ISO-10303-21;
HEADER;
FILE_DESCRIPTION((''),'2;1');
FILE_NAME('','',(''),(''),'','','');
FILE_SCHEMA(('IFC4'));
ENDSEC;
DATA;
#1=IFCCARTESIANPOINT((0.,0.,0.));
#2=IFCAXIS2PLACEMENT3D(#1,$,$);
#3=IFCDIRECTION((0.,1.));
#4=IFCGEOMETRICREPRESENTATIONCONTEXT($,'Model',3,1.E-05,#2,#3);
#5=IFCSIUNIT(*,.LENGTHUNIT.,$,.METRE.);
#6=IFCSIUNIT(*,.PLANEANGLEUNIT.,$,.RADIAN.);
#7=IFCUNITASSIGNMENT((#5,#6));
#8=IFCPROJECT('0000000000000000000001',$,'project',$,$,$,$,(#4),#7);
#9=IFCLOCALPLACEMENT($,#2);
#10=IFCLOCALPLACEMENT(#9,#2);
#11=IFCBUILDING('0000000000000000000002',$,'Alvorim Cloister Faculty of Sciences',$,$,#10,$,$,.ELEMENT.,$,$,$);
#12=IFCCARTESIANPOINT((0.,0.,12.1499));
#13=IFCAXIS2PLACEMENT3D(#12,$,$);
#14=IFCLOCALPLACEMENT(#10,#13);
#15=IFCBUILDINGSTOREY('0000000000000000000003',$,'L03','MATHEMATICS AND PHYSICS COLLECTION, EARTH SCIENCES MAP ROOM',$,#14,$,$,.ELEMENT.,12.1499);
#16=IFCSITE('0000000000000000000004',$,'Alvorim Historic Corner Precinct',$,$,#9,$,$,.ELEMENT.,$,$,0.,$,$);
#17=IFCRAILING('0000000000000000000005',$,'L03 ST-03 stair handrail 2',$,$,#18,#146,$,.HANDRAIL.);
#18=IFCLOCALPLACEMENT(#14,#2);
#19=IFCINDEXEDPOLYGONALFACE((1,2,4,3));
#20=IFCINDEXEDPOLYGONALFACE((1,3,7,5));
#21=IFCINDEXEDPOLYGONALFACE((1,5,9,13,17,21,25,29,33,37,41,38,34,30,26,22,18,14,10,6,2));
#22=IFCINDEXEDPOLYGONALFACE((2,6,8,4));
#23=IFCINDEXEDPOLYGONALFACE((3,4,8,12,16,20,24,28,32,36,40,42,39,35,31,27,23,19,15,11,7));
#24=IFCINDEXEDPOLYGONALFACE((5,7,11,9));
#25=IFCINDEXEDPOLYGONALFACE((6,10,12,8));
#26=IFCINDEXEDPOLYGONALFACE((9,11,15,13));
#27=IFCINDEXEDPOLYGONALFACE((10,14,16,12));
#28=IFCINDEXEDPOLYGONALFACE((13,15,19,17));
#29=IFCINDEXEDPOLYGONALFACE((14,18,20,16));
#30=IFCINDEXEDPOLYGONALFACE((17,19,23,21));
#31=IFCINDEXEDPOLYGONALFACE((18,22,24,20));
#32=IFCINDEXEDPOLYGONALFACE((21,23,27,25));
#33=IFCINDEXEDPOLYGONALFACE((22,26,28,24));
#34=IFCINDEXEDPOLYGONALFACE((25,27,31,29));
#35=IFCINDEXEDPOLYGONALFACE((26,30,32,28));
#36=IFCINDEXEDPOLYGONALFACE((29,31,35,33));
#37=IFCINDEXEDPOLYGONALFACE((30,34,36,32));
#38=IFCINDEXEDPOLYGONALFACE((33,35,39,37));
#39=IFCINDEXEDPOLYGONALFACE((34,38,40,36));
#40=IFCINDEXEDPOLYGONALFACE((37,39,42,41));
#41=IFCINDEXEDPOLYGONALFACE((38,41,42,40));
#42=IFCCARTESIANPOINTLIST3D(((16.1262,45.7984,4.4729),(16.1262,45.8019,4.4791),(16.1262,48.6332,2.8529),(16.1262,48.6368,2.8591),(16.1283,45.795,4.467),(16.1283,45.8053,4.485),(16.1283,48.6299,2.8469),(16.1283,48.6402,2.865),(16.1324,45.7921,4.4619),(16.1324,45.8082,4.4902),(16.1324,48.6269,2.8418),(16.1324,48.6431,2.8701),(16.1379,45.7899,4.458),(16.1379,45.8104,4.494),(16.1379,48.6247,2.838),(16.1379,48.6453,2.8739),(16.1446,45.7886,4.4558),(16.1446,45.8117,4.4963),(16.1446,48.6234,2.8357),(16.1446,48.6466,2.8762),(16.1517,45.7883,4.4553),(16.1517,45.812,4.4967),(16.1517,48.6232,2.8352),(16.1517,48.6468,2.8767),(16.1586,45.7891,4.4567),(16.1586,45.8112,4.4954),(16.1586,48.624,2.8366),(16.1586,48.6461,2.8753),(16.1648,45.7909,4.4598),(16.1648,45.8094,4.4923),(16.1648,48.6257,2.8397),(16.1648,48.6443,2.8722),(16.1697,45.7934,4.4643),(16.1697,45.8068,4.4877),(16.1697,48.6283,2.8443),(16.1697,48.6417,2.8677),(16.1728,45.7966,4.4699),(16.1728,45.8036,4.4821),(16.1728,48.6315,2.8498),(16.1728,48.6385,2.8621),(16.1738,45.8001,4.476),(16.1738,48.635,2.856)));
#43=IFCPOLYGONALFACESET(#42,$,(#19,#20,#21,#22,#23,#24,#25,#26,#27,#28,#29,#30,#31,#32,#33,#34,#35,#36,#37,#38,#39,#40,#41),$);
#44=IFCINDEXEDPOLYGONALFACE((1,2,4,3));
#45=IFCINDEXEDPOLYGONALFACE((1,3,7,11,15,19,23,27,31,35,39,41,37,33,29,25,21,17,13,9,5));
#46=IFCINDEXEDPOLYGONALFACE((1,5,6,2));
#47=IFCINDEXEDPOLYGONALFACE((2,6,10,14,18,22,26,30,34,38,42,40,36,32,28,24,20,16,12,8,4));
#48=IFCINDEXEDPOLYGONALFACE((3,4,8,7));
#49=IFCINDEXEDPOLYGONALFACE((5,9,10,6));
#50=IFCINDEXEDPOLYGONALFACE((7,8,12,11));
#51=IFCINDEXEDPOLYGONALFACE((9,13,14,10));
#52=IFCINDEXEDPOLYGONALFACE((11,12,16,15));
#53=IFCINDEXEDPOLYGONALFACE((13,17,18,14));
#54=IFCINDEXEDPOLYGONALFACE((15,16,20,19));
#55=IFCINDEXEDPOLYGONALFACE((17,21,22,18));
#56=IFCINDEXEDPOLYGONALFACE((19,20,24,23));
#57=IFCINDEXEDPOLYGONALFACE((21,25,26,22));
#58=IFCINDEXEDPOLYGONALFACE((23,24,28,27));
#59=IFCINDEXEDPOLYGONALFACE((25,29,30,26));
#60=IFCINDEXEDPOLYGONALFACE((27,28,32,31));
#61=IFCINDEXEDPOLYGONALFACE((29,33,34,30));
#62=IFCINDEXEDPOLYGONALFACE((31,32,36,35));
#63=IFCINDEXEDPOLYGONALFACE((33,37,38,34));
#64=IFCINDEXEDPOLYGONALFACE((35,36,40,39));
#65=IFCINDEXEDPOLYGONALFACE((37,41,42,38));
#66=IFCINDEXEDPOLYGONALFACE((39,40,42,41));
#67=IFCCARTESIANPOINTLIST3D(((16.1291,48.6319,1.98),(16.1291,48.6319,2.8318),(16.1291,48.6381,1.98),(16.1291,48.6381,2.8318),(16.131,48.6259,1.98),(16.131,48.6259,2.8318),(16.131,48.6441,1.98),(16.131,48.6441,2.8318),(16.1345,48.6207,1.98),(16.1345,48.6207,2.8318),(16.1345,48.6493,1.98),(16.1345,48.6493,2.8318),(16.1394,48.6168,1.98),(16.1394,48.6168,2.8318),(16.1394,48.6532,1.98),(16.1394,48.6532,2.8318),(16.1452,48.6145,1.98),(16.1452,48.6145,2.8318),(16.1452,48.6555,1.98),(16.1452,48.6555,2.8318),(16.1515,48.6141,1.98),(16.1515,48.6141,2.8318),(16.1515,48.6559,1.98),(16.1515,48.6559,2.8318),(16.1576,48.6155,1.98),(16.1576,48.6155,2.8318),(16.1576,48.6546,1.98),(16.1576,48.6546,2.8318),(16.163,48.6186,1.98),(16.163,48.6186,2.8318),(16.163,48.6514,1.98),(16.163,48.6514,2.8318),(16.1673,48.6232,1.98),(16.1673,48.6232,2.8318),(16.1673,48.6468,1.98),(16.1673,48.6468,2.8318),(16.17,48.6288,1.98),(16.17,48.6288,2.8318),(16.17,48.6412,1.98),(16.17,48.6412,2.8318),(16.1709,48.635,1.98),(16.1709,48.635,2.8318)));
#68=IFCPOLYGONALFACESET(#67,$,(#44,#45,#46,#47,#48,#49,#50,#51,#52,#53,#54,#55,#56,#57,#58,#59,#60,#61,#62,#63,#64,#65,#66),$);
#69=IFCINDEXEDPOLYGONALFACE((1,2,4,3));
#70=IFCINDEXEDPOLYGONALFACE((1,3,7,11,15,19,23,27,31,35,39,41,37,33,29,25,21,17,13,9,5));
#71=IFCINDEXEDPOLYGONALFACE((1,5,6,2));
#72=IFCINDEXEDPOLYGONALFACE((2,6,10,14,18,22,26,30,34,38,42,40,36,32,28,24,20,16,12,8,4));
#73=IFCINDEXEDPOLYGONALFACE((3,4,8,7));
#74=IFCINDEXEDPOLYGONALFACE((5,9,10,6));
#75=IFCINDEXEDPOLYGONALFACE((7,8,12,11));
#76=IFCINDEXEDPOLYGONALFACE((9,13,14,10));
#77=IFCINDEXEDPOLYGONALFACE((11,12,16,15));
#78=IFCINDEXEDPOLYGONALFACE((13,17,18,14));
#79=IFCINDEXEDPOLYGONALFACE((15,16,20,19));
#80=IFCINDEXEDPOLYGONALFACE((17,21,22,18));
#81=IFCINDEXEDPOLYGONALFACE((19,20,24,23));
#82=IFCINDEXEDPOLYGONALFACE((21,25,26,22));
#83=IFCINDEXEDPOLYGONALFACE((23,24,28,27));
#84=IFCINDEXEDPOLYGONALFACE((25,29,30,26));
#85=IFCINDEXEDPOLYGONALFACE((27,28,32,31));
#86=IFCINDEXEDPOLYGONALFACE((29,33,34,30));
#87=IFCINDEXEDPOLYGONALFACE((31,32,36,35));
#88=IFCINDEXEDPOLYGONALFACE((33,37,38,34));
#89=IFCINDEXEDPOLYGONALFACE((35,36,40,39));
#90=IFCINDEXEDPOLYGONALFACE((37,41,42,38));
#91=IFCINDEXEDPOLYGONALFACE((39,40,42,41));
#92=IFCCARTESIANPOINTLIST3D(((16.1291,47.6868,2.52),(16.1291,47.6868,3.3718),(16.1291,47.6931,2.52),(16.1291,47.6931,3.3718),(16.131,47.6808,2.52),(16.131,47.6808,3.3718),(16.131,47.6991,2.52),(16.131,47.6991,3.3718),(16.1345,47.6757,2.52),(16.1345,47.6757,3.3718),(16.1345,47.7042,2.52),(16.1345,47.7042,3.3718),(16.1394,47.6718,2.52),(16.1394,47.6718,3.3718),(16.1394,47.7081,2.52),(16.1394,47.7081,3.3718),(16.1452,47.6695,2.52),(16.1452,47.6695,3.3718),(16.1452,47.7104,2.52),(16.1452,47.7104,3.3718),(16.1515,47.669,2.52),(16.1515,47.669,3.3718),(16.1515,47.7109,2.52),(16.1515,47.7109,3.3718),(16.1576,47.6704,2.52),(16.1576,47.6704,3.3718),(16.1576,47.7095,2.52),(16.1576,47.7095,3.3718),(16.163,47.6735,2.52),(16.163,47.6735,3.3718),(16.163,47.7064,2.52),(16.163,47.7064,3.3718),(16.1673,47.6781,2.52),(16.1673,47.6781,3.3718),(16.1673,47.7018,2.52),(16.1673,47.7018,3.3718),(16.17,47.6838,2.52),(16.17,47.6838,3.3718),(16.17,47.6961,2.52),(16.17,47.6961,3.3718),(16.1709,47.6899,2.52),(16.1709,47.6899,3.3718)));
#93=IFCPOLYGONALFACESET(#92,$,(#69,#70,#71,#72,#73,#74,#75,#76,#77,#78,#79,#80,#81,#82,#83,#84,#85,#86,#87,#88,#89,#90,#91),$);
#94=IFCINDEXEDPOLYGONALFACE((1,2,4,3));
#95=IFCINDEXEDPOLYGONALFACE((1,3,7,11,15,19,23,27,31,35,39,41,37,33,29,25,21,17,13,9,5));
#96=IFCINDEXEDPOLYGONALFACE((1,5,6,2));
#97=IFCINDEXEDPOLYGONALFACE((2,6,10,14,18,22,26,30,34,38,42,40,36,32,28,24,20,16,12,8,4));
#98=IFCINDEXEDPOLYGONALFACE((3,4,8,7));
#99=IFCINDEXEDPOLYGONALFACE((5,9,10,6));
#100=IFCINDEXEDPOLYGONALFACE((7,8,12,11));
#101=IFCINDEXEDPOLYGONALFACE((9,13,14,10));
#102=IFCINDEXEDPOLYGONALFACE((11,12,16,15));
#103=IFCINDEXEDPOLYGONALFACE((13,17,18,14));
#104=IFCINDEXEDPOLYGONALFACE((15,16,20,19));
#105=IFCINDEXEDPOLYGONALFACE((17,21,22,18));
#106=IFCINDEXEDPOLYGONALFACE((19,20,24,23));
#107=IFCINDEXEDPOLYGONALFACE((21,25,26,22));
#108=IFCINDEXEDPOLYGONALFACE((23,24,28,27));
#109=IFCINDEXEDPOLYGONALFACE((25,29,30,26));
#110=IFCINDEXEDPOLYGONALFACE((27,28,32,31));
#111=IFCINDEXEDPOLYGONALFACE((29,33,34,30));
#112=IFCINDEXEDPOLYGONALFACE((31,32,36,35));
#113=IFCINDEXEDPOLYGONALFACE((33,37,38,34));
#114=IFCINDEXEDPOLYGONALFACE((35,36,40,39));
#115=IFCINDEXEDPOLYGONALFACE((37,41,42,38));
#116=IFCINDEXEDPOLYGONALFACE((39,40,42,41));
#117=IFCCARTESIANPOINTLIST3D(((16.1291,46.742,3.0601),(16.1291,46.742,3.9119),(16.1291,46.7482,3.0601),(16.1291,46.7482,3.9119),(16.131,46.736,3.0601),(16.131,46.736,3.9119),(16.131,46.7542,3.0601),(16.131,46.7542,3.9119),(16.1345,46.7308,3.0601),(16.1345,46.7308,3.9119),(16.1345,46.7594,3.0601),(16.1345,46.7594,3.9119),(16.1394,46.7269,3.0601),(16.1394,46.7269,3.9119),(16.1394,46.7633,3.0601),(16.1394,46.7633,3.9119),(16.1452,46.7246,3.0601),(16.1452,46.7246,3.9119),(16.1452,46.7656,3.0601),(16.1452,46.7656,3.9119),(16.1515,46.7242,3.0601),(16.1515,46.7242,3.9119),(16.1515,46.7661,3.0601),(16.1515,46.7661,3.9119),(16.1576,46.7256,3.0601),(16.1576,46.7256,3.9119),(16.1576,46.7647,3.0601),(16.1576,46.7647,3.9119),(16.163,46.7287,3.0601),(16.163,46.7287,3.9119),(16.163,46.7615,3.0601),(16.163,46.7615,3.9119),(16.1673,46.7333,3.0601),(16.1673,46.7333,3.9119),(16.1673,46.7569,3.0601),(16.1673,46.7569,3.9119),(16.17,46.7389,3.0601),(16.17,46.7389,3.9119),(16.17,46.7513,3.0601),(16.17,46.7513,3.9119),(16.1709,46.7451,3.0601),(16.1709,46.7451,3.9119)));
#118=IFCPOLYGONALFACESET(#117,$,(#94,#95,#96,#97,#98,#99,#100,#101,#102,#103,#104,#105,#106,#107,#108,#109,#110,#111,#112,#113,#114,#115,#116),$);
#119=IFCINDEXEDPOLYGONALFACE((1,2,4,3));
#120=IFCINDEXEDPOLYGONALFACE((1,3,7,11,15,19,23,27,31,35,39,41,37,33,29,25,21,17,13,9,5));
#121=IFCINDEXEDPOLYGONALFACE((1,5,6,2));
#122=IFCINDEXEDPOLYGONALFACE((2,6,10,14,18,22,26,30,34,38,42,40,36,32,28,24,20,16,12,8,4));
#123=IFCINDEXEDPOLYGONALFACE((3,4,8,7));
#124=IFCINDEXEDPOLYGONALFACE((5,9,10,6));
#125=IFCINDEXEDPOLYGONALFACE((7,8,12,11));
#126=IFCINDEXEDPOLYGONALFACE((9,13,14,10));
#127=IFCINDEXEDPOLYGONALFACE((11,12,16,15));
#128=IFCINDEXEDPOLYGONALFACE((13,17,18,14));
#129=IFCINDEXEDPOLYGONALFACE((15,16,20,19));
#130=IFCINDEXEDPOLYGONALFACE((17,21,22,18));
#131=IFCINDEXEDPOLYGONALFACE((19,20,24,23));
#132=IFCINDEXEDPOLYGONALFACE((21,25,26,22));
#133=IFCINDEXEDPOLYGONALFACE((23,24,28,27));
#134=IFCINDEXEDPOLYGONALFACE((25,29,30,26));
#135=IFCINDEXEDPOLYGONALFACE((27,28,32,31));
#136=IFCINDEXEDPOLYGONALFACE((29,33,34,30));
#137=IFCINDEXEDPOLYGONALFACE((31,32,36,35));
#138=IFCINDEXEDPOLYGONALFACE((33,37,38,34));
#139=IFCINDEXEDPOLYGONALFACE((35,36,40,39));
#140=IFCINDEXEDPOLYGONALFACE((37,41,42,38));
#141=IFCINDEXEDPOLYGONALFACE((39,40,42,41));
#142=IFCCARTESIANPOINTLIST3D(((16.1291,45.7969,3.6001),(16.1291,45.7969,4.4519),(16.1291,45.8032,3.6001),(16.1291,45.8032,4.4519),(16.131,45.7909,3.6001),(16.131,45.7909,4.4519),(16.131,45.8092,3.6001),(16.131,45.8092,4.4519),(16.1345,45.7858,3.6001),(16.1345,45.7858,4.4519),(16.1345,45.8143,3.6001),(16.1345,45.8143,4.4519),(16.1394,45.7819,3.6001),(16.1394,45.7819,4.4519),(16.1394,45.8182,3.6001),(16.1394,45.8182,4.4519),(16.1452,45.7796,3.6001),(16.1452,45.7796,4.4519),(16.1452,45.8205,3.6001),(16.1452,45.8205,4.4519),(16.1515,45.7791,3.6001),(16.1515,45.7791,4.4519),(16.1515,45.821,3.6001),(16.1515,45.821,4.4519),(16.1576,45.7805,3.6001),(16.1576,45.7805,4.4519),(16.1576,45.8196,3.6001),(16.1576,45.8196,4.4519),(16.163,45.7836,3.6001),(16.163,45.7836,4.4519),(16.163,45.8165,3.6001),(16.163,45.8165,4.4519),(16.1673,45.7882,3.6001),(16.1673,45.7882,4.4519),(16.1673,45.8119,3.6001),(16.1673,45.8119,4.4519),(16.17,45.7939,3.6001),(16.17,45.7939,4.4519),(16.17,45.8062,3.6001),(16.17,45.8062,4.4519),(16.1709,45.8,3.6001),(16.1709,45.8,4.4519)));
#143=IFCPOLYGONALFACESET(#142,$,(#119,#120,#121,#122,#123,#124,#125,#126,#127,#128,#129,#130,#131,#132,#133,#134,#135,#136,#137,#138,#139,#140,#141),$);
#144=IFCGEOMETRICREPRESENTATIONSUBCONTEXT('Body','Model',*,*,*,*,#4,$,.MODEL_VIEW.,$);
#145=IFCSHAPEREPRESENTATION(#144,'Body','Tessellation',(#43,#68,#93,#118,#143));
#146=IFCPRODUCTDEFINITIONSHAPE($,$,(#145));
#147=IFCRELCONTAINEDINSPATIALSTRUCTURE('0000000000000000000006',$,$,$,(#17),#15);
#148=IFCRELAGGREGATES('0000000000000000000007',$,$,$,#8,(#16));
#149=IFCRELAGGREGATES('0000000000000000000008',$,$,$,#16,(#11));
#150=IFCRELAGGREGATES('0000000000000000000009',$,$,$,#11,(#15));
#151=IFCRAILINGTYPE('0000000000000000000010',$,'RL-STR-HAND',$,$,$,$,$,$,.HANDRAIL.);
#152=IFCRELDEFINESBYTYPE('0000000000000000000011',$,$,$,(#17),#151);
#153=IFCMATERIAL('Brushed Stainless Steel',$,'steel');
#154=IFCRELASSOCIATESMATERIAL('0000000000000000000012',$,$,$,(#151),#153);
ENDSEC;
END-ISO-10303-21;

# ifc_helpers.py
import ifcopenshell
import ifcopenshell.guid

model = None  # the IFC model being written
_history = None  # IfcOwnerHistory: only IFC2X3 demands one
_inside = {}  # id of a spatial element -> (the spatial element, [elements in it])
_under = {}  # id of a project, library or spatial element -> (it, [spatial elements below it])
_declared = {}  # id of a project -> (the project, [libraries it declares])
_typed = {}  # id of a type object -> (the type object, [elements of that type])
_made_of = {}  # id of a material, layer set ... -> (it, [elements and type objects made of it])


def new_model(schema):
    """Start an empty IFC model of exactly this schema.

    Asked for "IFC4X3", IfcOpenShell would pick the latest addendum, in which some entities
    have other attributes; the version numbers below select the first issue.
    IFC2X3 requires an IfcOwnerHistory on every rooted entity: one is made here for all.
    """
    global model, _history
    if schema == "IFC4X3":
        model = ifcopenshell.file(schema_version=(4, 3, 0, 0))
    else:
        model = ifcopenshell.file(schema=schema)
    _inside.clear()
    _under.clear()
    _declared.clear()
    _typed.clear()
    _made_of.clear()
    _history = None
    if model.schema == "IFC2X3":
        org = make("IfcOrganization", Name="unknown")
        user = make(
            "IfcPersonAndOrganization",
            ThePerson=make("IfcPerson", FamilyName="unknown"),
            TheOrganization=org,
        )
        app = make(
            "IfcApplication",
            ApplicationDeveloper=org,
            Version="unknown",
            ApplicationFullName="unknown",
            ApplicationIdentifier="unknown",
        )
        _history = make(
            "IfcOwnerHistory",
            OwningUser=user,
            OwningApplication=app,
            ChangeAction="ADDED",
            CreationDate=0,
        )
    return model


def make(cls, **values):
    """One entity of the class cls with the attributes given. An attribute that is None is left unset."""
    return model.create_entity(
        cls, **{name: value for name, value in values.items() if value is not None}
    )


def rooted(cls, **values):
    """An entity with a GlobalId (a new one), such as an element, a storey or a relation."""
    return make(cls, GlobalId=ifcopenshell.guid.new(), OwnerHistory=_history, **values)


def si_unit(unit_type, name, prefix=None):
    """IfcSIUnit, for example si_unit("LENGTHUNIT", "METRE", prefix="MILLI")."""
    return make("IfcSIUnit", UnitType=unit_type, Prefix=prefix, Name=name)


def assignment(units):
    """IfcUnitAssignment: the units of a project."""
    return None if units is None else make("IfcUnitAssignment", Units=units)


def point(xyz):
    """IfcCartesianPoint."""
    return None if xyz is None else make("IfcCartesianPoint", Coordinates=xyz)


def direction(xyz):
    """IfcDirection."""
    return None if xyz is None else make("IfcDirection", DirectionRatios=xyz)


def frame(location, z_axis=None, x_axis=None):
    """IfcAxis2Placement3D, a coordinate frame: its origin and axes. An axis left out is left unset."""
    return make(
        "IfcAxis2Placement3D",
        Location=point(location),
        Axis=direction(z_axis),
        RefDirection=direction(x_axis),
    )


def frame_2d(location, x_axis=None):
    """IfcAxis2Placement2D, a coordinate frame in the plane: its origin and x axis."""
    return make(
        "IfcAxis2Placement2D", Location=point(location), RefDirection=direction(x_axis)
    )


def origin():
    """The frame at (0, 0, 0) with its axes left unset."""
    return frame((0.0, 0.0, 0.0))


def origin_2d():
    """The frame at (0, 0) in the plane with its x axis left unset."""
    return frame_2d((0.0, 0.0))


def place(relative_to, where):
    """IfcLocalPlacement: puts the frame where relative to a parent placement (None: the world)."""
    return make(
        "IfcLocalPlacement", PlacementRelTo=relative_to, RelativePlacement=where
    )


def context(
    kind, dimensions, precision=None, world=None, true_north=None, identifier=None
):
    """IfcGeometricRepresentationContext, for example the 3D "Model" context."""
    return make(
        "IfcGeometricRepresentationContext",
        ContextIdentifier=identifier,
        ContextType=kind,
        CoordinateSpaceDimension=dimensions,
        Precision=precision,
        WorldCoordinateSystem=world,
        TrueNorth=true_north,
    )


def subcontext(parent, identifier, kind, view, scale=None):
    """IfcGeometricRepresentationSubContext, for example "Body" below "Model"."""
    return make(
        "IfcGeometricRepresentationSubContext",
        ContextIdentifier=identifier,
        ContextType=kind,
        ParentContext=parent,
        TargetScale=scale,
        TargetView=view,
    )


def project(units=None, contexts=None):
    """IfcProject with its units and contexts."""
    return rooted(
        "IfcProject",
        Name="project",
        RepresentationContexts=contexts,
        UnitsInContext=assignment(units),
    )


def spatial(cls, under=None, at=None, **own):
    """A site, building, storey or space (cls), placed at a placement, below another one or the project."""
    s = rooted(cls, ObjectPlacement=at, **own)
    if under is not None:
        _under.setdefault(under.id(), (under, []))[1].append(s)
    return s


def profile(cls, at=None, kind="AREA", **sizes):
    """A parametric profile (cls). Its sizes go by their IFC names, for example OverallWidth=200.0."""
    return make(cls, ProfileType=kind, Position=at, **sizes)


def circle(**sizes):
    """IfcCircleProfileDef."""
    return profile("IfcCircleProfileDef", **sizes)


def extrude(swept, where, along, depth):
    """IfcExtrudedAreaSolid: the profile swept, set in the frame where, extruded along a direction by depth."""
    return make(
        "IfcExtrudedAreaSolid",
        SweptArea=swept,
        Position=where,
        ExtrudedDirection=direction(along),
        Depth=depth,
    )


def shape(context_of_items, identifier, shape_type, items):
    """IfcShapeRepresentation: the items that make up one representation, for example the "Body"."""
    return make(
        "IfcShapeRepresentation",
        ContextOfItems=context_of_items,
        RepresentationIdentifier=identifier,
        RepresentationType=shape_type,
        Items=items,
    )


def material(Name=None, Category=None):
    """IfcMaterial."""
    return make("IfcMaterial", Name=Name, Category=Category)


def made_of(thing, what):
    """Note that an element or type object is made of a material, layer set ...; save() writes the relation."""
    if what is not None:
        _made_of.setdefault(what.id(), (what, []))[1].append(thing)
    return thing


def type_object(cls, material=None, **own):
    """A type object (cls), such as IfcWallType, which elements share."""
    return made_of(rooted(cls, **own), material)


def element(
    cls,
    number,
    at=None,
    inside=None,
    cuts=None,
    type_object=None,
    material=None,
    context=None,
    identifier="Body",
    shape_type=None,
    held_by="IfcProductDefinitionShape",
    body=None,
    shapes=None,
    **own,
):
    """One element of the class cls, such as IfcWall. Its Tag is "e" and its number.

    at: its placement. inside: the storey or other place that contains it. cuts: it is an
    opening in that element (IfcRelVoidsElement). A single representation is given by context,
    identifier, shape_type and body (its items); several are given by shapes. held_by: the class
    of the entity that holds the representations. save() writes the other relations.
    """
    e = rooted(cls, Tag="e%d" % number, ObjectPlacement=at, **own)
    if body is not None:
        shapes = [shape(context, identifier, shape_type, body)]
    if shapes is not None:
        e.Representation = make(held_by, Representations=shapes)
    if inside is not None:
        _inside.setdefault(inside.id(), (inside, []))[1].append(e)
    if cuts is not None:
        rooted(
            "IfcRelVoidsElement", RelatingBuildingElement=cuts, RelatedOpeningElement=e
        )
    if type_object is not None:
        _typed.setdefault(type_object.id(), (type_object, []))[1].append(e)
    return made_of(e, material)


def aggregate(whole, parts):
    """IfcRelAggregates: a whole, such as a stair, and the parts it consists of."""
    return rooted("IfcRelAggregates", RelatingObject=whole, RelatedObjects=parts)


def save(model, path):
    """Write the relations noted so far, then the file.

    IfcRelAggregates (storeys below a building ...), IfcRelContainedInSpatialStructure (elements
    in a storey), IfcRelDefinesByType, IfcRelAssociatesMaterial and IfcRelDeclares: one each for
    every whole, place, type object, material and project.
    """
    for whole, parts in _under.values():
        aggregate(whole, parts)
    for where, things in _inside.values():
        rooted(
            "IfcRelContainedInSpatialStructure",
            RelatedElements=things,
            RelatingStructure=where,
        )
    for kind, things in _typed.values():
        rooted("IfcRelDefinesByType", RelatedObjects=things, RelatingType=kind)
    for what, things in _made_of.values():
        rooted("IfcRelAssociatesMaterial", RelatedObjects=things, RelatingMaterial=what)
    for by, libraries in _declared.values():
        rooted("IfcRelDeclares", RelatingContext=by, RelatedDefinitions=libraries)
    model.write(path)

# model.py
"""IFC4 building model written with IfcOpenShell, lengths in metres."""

from ifc_helpers import new_model, si_unit, direction, frame, origin, origin_2d, place, context, subcontext, project, spatial, circle, extrude, material, type_object, element, save


model = new_model("IFC4")

# Units and contexts
model_context = context("Model", 3, precision=1e-05, world=origin(), true_north=direction((0.0, 1.0)))
body_context = subcontext(model_context, "Body", "Model", "MODEL_VIEW")
ifc_project = project(units=[si_unit("LENGTHUNIT", "METRE"), si_unit("PLANEANGLEUNIT", "RADIAN")], contexts=[model_context])

# Site, building, storey
site_placement = place(None, origin())
site = spatial("IfcSite", under=ifc_project, at=site_placement, Name="Alvorim Historic Corner Precinct", CompositionType="ELEMENT", RefElevation=0.0)
building_placement = place(site_placement, origin())
building = spatial("IfcBuilding", under=site, at=building_placement, Name="Alvorim Cloister Faculty of Sciences", CompositionType="ELEMENT")
storey_placement = place(building_placement, frame((0.0, 0.0, 12.1499)))
storey = spatial("IfcBuildingStorey", under=building, at=storey_placement, Name="L03", Description="MATHEMATICS AND PHYSICS COLLECTION, EARTH SCIENCES MAP ROOM", CompositionType="ELEMENT", Elevation=12.1499)

# Shared definitions
ifc_material_1 = material(Name="Brushed Stainless Steel", Category="steel")

# Railing
railing_type_1 = type_object("IfcRailingType", Name="RL-STR-HAND", PredefinedType="HANDRAIL", material=ifc_material_1)
railing_1_placement = place(storey_placement, frame((16.1499, 48.635, 1.98)))
element("IfcRailing", 1, at=railing_1_placement, inside=storey, type_object=railing_type_1, Name="L03 ST-03 stair handrail 2", PredefinedType="HANDRAIL", context=body_context, shape_type="SweptSolid", body=[
    extrude(circle(Radius=0.0239, at=origin_2d()), frame((0.0, 0.0, 0.876), z_axis=(0.0, -0.868225, 0.496171), x_axis=(1.0, 0.0, 0.0)), (0.0, 0.0, 1.0), 3.2651),
    extrude(circle(Radius=0.021, at=origin_2d()), origin(), (0.0, 0.0, 1.0), 0.8518),
    extrude(circle(Radius=0.021, at=origin_2d()), frame((0.0, -0.9451, 0.54)), (0.0, 0.0, 1.0), 0.8518),
    extrude(circle(Radius=0.021, at=origin_2d()), frame((0.0, -1.8899, 1.0801)), (0.0, 0.0, 1.0), 0.8518),
    extrude(circle(Radius=0.021, at=origin_2d()), frame((0.0, -2.835, 1.6201)), (0.0, 0.0, 1.0), 0.8518),
])

save(model, "model.ifc")
